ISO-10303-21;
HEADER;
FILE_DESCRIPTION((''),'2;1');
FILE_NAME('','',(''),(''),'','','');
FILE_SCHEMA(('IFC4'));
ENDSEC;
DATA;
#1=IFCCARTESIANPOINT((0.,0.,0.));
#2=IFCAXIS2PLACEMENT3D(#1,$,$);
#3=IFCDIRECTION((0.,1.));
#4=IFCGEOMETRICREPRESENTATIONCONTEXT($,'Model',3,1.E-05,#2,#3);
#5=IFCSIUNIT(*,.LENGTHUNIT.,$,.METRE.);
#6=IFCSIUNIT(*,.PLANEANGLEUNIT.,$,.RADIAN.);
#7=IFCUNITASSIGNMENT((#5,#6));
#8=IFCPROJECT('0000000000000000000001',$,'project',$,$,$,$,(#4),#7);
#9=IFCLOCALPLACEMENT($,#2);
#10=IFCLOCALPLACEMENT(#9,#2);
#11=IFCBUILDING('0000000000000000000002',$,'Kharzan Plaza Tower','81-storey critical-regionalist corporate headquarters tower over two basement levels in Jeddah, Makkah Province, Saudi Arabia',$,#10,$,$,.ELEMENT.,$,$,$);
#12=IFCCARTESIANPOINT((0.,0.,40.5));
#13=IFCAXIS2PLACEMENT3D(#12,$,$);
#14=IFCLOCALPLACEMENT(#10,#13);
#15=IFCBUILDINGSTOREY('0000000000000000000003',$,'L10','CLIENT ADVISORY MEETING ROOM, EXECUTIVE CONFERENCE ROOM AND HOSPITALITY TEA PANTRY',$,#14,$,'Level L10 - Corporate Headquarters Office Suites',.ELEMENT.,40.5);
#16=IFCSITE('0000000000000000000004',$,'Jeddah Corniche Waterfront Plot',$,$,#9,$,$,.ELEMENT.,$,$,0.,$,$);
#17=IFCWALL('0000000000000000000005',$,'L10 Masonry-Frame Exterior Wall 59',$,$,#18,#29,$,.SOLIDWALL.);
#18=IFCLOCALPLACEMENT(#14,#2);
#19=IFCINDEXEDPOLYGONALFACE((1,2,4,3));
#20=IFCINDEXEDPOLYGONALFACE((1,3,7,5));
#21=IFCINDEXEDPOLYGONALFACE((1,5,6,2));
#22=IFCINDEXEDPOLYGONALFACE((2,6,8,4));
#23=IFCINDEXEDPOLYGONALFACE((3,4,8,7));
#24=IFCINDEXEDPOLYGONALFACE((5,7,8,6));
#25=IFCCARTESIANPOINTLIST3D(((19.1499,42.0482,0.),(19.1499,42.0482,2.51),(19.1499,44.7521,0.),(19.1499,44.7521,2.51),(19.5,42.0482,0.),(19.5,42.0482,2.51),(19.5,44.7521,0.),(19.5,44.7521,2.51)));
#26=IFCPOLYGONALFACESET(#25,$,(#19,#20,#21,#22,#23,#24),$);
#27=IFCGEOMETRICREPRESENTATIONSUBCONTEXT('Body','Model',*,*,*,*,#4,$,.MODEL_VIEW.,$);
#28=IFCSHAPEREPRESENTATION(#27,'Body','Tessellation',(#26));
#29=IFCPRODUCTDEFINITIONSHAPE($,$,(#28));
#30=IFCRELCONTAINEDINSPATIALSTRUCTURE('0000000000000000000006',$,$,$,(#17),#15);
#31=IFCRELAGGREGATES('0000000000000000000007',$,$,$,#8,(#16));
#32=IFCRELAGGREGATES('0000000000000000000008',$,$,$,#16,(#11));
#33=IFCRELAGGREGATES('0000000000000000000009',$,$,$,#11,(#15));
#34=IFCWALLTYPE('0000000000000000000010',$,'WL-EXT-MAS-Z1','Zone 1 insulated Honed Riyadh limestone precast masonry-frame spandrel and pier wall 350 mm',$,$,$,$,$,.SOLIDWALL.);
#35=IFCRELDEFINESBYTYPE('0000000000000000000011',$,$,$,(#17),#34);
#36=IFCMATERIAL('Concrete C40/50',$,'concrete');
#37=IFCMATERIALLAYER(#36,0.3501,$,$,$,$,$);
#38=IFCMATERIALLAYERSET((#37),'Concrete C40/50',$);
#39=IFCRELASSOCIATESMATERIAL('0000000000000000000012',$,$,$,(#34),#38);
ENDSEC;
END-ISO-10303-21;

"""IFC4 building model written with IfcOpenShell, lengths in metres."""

from ifc_helpers import new_model, si_unit, direction, frame, frame_2d, origin, place, context, subcontext, project, spatial, rectangle, extrude, source, transform, mapped, material, layer, layer_set, type_object, element, save


model = new_model("IFC4")

# Units and contexts
model_context = context("Model", 3, precision=1e-05, world=origin(), true_north=direction((0.0, 1.0)))
body_context = subcontext(model_context, "Body", "Model", "MODEL_VIEW")
ifc_project = project(units=[si_unit("LENGTHUNIT", "METRE"), si_unit("PLANEANGLEUNIT", "RADIAN")], contexts=[model_context])

# Site, building, storey
site_placement = place(None, origin())
site = spatial("IfcSite", under=ifc_project, at=site_placement, Name="Jeddah Corniche Waterfront Plot", CompositionType="ELEMENT", RefElevation=0.0)
building_placement = place(site_placement, origin())
building = spatial("IfcBuilding", under=site, at=building_placement, Name="Kharzan Plaza Tower", Description="81-storey critical-regionalist corporate headquarters tower over two basement levels in Jeddah, Makkah Province, Saudi Arabia", CompositionType="ELEMENT")
storey_placement = place(building_placement, frame((0.0, 0.0, 40.5)))
storey = spatial("IfcBuildingStorey", under=building, at=storey_placement, Name="L10", Description="CLIENT ADVISORY MEETING ROOM, EXECUTIVE CONFERENCE ROOM AND HOSPITALITY TEA PANTRY", LongName="Level L10 - Corporate Headquarters Office Suites", CompositionType="ELEMENT", Elevation=40.5)

# Shared definitions
ifc_material_1 = material(Name="Concrete C40/50", Category="concrete")
ifc_layer_1 = layer(ifc_material_1, 0.3501)
ifc_layer_set_1 = layer_set([ifc_layer_1], Name="Concrete C40/50")
wall_type = type_object("IfcWallType", Name="WL-EXT-MAS-Z1", Description="Zone 1 insulated Honed Riyadh limestone precast masonry-frame spandrel and pier wall 350 mm", PredefinedType="SOLIDWALL", material=ifc_layer_set_1)

# Wall
shared_shape_1 = source(origin(), body_context, "Body", "SweptSolid", [
    extrude(rectangle(XDim=2.7039, YDim=0.3501, at=frame_2d((1.3521, 0.0))), origin(), (0.0, 0.0, 1.0), 2.51),
])
wall_1_placement = place(storey_placement, frame((19.325, 42.0481, 0.0), z_axis=(0.0, 0.0, 1.0), x_axis=(0.0, 1.0, 0.0)))
element("IfcWall", 1, at=wall_1_placement, inside=storey, type_object=wall_type, Name="L10 Masonry-Frame Exterior Wall 59", PredefinedType="SOLIDWALL", context=body_context, shape_type="MappedRepresentation", body=[
    mapped(shared_shape_1, transform((0.0, 0.0, 0.0), x_axis=(1.0, 0.0, 0.0), y_axis=(0.0, 1.0, 0.0), z_axis=(0.0, 0.0, 1.0))),
])

save(model, "model.ifc")
